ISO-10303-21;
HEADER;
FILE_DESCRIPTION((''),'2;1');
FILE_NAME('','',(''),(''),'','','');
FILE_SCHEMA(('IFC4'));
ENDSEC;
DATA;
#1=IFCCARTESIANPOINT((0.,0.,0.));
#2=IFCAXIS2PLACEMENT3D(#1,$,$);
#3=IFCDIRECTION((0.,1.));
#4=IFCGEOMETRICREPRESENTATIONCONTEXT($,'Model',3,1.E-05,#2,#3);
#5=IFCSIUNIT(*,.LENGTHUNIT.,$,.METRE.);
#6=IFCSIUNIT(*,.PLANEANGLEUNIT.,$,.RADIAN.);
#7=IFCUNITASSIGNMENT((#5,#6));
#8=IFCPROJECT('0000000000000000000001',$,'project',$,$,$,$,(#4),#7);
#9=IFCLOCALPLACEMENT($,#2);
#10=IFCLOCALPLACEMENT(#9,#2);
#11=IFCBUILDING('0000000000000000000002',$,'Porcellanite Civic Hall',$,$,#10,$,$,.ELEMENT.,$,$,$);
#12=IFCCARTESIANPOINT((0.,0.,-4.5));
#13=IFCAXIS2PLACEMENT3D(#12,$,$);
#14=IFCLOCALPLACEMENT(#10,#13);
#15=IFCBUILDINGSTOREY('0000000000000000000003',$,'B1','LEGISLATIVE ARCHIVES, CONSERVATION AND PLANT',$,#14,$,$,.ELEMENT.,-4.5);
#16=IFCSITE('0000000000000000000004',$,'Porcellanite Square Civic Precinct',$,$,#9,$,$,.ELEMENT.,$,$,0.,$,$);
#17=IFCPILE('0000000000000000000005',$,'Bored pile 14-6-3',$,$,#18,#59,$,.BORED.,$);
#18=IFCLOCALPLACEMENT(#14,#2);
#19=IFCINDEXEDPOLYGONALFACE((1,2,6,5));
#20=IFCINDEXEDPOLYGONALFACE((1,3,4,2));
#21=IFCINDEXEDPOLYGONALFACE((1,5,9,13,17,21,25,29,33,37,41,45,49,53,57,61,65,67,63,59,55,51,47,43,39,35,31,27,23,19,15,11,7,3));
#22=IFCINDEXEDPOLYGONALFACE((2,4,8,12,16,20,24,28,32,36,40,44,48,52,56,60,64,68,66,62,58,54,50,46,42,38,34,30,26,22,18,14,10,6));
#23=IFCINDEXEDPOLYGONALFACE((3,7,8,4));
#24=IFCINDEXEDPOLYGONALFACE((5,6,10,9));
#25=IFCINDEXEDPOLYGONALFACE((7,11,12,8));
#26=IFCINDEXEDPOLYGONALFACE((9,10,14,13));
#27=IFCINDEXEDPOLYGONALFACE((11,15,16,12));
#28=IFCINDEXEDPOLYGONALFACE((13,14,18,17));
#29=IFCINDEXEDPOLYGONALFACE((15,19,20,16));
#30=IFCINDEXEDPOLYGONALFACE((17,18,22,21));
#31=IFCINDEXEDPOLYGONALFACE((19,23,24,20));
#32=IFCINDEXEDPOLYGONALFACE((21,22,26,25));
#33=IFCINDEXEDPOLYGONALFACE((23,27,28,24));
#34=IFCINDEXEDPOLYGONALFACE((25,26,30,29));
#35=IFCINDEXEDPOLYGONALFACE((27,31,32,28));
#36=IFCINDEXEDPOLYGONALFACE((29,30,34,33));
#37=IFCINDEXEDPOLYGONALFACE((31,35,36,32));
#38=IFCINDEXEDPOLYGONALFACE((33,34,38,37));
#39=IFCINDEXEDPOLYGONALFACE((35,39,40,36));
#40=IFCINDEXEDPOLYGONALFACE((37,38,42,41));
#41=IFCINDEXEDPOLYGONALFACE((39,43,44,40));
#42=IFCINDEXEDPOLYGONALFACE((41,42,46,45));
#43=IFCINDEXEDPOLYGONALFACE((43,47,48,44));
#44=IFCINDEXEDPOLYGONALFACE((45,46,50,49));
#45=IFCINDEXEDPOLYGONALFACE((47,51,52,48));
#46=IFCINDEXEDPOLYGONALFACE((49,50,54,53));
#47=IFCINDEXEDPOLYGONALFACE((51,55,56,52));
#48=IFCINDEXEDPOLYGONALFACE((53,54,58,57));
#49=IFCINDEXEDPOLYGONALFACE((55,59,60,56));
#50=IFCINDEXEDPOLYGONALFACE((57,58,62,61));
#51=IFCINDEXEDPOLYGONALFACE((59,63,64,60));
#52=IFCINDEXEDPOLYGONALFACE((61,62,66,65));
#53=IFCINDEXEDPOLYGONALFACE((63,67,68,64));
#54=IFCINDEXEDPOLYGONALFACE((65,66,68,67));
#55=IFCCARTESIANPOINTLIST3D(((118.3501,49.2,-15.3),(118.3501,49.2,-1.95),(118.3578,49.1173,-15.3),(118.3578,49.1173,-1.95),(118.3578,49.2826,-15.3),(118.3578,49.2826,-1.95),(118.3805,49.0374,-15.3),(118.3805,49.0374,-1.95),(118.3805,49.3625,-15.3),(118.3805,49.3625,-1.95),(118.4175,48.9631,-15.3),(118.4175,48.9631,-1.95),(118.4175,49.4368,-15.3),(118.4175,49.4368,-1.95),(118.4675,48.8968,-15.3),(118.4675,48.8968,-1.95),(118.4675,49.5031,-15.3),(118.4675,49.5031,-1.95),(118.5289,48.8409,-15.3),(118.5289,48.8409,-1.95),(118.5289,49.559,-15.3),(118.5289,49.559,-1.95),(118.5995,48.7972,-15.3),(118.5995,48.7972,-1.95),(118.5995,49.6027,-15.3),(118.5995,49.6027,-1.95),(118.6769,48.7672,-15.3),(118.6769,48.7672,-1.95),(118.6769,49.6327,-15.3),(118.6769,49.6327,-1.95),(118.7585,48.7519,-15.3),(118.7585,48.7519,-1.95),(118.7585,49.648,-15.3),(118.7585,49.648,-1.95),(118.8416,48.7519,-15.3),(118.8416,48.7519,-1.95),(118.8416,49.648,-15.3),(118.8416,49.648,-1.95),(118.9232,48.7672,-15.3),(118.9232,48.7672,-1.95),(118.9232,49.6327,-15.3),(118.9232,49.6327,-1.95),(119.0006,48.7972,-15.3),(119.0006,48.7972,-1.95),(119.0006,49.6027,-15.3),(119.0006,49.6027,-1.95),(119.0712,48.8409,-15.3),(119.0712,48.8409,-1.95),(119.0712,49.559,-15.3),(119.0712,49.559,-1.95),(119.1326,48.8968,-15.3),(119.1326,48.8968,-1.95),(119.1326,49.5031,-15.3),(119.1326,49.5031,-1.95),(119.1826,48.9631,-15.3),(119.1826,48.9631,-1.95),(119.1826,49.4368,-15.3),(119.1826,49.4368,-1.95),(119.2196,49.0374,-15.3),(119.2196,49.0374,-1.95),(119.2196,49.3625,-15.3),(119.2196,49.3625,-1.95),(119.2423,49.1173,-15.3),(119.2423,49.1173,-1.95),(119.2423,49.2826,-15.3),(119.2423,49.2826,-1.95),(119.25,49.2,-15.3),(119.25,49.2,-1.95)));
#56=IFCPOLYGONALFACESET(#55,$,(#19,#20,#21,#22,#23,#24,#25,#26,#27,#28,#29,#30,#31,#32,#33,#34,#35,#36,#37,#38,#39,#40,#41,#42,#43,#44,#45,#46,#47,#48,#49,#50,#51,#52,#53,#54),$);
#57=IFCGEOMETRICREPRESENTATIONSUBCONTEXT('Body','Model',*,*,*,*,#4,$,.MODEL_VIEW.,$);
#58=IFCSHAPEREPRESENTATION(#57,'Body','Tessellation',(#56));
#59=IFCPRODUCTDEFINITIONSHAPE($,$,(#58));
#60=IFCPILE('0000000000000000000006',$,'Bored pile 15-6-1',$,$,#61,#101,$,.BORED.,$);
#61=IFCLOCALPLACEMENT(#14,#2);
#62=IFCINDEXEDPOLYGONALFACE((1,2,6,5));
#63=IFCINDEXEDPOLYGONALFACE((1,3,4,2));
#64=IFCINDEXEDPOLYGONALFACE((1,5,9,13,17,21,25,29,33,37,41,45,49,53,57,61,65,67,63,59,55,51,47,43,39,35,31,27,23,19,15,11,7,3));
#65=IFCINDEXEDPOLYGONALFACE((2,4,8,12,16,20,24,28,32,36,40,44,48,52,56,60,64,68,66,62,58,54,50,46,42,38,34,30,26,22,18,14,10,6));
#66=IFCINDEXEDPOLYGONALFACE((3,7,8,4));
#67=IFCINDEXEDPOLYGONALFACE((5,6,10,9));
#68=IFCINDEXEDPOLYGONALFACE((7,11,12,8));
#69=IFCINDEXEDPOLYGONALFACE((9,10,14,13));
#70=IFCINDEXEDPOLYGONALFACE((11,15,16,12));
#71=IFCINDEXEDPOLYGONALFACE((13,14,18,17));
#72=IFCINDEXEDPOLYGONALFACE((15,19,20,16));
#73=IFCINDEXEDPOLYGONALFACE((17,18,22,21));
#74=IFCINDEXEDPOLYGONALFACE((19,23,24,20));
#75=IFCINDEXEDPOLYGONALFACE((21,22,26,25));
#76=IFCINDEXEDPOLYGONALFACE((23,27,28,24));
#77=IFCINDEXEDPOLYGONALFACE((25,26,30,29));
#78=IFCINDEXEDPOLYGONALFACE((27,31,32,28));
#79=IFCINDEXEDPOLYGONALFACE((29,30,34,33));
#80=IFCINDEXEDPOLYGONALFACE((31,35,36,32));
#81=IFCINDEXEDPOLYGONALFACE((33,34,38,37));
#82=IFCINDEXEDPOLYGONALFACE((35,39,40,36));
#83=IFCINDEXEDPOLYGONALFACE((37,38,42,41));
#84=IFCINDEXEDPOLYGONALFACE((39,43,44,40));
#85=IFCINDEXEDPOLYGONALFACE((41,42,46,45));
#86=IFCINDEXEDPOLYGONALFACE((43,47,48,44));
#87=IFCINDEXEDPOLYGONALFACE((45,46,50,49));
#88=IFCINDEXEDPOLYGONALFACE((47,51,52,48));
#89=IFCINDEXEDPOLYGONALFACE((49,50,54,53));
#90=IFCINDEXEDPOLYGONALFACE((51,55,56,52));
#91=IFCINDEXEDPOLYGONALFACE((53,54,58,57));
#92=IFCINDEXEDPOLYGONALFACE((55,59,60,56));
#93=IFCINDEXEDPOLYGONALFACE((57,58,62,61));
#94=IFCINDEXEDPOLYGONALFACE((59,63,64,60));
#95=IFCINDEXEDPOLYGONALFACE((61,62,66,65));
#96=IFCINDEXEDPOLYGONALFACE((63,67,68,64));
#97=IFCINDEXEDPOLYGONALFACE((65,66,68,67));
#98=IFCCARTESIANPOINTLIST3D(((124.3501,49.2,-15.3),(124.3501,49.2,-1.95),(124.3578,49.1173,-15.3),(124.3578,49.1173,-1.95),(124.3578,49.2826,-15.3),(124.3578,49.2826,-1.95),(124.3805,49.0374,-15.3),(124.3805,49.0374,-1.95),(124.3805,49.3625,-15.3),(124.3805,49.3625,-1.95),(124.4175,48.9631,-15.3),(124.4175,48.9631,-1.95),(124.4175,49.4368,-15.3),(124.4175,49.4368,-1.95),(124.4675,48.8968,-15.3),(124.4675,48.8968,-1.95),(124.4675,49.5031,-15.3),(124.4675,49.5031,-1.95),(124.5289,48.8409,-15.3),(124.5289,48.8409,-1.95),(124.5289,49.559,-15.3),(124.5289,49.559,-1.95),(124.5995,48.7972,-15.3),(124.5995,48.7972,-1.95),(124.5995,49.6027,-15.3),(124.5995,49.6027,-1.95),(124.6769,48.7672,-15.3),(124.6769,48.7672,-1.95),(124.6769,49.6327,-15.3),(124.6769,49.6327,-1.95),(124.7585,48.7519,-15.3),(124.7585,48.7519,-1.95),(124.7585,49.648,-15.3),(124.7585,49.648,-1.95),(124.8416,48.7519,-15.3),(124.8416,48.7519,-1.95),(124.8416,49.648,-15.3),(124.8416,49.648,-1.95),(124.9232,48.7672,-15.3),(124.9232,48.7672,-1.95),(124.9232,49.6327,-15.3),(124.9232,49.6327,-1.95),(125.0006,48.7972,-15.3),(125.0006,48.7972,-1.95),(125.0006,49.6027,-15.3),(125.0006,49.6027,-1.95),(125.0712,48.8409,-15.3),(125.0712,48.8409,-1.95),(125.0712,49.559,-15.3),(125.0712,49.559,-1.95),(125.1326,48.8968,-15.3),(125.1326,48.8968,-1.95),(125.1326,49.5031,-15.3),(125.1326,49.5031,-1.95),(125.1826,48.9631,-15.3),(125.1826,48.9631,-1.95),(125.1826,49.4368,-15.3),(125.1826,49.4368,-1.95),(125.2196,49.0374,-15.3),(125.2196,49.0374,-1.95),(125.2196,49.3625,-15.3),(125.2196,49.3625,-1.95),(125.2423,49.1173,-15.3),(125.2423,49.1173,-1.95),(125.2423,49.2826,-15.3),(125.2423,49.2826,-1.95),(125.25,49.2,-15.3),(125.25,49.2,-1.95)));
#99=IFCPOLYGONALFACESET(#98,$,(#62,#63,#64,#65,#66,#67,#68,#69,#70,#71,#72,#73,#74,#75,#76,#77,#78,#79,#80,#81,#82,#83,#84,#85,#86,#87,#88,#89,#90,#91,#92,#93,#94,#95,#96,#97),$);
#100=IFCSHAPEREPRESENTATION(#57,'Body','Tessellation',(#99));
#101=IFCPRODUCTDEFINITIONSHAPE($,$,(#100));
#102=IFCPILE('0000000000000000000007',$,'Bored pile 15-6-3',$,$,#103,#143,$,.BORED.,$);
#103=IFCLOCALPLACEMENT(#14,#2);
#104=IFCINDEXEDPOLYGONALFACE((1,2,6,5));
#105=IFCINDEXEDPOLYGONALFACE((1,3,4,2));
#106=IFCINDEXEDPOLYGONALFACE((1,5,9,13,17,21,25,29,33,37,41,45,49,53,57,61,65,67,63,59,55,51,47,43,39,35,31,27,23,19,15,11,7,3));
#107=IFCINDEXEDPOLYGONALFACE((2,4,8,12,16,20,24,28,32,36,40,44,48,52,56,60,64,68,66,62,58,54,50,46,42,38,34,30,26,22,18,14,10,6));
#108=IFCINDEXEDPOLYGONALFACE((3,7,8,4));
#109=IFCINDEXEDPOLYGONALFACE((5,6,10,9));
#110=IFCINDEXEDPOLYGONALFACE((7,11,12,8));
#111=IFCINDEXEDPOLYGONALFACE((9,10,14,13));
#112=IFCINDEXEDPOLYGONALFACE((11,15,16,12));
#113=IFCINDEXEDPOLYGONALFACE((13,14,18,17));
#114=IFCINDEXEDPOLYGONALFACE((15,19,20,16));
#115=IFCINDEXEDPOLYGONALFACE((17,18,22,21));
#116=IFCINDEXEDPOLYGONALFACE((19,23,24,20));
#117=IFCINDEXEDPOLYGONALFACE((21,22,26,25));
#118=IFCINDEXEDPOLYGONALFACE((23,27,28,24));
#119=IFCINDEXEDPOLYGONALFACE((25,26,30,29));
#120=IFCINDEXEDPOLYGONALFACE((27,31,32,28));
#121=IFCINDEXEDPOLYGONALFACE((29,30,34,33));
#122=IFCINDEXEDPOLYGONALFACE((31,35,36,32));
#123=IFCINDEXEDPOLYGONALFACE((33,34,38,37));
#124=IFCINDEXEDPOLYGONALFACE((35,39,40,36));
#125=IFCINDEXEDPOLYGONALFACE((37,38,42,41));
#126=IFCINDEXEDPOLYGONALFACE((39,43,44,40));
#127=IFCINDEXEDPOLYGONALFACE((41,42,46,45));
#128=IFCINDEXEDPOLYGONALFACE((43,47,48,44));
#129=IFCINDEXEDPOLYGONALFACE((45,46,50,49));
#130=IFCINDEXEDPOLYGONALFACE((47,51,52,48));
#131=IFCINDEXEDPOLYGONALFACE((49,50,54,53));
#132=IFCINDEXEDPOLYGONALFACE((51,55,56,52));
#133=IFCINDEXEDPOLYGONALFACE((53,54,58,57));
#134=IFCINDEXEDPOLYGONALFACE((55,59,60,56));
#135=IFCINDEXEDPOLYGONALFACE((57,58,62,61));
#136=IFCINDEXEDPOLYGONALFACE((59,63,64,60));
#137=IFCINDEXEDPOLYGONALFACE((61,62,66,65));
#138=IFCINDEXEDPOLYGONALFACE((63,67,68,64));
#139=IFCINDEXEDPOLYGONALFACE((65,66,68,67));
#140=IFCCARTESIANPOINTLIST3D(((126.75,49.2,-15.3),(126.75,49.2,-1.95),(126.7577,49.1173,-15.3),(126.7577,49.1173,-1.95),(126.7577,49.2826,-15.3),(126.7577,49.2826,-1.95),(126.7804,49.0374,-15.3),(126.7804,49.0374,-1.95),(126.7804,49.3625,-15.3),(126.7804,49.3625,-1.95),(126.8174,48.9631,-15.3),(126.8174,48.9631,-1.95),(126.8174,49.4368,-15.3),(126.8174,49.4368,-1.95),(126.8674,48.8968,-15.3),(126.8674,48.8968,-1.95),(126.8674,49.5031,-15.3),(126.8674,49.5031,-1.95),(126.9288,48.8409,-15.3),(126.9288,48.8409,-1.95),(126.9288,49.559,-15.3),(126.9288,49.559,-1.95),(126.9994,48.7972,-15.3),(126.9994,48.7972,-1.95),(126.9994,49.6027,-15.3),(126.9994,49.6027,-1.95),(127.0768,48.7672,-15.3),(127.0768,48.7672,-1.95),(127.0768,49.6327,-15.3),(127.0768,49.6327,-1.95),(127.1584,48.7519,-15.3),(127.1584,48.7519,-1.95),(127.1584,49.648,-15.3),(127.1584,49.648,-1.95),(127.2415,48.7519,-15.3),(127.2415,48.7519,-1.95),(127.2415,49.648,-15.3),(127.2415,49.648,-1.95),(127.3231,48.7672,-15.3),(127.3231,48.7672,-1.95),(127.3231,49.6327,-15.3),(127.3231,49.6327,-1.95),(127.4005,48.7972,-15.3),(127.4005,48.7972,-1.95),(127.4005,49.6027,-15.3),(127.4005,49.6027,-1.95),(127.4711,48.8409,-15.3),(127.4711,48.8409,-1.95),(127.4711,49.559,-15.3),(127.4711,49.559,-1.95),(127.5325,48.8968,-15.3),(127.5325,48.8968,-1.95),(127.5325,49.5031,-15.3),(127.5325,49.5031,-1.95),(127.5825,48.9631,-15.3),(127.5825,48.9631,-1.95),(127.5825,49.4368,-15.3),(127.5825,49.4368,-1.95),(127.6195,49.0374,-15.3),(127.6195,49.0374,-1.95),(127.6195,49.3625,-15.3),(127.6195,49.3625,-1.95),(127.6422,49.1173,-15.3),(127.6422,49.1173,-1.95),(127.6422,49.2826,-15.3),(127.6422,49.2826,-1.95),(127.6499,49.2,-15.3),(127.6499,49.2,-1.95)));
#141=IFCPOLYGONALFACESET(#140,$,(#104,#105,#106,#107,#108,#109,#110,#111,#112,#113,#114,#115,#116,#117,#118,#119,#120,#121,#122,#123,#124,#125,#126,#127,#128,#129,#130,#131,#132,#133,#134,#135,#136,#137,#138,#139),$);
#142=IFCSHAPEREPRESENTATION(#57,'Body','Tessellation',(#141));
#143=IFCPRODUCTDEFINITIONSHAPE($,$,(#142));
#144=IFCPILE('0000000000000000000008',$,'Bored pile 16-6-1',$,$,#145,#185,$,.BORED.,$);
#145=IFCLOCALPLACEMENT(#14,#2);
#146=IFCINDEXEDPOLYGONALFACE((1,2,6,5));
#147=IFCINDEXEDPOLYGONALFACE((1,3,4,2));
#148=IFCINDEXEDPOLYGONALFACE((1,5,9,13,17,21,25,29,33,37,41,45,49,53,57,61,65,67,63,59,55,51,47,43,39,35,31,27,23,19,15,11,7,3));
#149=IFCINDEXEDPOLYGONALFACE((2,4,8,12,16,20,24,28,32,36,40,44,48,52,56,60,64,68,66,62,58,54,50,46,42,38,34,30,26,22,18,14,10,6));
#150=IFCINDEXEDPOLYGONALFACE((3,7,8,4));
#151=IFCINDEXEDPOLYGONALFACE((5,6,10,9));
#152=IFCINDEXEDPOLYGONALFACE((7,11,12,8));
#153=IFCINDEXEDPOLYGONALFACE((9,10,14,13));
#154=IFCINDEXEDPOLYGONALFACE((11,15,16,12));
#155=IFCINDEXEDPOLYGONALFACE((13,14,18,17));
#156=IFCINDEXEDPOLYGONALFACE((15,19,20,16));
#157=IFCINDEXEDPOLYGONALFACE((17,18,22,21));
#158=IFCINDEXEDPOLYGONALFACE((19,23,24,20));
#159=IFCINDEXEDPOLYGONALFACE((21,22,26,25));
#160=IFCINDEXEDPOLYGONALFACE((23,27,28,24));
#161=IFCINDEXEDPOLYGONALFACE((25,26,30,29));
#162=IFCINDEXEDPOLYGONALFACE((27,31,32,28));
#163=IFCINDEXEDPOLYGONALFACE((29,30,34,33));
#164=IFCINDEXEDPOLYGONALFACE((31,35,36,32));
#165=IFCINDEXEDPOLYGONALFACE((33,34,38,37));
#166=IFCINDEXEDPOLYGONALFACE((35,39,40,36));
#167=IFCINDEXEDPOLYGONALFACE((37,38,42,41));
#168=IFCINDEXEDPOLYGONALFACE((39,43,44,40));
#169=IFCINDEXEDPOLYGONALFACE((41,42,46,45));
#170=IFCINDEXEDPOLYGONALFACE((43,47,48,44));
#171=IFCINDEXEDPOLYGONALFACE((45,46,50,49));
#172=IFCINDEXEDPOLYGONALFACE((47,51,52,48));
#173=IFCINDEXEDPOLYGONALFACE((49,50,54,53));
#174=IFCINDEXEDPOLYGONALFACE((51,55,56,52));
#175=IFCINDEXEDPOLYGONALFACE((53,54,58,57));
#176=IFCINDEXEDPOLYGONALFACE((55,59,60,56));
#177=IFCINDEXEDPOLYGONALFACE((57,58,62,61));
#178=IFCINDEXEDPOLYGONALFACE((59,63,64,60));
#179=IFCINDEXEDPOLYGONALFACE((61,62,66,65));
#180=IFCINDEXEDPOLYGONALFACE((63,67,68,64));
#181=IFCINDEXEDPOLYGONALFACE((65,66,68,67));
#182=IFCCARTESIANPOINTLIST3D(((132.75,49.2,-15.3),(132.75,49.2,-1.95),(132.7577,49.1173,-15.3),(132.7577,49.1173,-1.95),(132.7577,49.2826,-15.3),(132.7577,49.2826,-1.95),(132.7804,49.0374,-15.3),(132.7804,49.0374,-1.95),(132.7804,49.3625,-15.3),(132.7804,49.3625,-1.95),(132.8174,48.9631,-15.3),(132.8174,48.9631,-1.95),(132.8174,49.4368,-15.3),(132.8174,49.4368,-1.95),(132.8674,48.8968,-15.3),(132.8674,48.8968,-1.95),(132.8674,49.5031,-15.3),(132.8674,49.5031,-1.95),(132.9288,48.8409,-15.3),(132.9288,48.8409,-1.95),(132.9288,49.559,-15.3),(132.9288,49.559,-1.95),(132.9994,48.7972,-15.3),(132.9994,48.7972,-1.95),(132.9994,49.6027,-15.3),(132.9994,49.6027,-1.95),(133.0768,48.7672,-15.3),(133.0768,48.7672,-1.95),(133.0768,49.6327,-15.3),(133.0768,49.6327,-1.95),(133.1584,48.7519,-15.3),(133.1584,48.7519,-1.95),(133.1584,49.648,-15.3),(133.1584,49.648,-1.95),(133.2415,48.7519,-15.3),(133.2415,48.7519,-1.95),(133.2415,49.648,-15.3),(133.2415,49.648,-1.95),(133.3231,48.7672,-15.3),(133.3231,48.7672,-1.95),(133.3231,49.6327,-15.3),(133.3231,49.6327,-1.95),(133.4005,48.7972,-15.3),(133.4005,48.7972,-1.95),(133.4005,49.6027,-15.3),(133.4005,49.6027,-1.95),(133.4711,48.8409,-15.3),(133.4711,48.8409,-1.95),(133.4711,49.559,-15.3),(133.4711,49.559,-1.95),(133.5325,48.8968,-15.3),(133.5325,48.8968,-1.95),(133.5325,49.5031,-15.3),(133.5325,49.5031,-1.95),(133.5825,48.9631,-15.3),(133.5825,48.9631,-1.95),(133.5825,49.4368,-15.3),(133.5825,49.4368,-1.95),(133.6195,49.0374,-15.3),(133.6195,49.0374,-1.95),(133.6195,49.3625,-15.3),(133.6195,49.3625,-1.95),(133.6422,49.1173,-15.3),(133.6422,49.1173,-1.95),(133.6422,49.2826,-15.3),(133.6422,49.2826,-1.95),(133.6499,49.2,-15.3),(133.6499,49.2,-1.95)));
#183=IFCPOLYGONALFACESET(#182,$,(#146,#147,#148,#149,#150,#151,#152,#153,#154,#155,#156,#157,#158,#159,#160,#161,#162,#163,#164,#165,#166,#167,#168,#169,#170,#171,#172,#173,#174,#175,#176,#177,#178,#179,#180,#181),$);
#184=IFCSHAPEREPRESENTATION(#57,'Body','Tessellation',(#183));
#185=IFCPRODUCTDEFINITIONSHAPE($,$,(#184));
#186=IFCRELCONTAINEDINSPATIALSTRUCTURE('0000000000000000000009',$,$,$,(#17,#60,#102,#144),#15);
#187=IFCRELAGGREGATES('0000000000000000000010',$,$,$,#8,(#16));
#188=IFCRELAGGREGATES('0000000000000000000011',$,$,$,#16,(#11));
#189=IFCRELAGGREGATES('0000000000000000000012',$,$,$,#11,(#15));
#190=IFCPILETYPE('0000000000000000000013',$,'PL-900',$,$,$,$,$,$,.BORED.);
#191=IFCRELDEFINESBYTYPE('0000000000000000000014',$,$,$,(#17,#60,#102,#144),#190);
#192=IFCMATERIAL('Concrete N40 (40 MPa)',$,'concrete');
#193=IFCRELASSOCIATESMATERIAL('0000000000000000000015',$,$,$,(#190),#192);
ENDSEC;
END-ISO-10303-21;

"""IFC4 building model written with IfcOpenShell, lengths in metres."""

from ifc_helpers import new_model, si_unit, direction, frame, origin, origin_2d, place, context, subcontext, project, spatial, circle, extrude, material, material_profile, profile_set, type_object, element, save


model = new_model("IFC4")

# Units and contexts
model_context = context("Model", 3, precision=1e-05, world=origin(), true_north=direction((0.0, 1.0)))
body_context = subcontext(model_context, "Body", "Model", "MODEL_VIEW")
ifc_project = project(units=[si_unit("LENGTHUNIT", "METRE"), si_unit("PLANEANGLEUNIT", "RADIAN")], contexts=[model_context])

# Site, building, storey
site_placement = place(None, origin())
site = spatial("IfcSite", under=ifc_project, at=site_placement, Name="Porcellanite Square Civic Precinct", CompositionType="ELEMENT", RefElevation=0.0)
building_placement = place(site_placement, origin())
building = spatial("IfcBuilding", under=site, at=building_placement, Name="Porcellanite Civic Hall", CompositionType="ELEMENT")
storey_placement = place(building_placement, frame((0.0, 0.0, -4.5)))
storey = spatial("IfcBuildingStorey", under=building, at=storey_placement, Name="B1", Description="LEGISLATIVE ARCHIVES, CONSERVATION AND PLANT", CompositionType="ELEMENT", Elevation=-4.5)

# Piles
ifc_material_1 = material(Name="Concrete N40 (40 MPa)", Category="concrete")
ifc_material_profile_1 = material_profile(ifc_material_1, circle(Radius=0.45, at=origin_2d()), Name="PILE-D900")
ifc_profile_set_1 = profile_set([ifc_material_profile_1], Name="Concrete N40 (40 MPa)")
pile_type_1 = type_object("IfcPileType", Name="PL-900", PredefinedType="BORED", material=ifc_profile_set_1)
for number, where, z_axis, x_axis, name in (
    (1, (118.8, 49.2, -1.95), (0.0, 0.0, -1.0), (1.0, 0.0, 0.0), "Bored pile 14-6-3"),
    (2, (124.8, 49.2, -1.95), (0.0, 0.0, -1.0), (1.0, 0.0, 0.0), "Bored pile 15-6-1"),
    (3, (127.2, 49.2, -1.95), (0.0, 0.0, -1.0), (1.0, 0.0, 0.0), "Bored pile 15-6-3"),
    (4, (133.2, 49.2, -1.95), (0.0, 0.0, -1.0), (1.0, 0.0, 0.0), "Bored pile 16-6-1"),
):
    element("IfcPile", number, at=place(storey_placement, frame(where, z_axis=z_axis, x_axis=x_axis)), inside=storey, type_object=pile_type_1, Name=name, PredefinedType="BORED", context=body_context, shape_type="SweptSolid", body=[
        extrude(circle(Radius=0.45, at=origin_2d()), origin(), (0.0, 0.0, 1.0), 13.3501),
    ])

save(model, "model.ifc")
